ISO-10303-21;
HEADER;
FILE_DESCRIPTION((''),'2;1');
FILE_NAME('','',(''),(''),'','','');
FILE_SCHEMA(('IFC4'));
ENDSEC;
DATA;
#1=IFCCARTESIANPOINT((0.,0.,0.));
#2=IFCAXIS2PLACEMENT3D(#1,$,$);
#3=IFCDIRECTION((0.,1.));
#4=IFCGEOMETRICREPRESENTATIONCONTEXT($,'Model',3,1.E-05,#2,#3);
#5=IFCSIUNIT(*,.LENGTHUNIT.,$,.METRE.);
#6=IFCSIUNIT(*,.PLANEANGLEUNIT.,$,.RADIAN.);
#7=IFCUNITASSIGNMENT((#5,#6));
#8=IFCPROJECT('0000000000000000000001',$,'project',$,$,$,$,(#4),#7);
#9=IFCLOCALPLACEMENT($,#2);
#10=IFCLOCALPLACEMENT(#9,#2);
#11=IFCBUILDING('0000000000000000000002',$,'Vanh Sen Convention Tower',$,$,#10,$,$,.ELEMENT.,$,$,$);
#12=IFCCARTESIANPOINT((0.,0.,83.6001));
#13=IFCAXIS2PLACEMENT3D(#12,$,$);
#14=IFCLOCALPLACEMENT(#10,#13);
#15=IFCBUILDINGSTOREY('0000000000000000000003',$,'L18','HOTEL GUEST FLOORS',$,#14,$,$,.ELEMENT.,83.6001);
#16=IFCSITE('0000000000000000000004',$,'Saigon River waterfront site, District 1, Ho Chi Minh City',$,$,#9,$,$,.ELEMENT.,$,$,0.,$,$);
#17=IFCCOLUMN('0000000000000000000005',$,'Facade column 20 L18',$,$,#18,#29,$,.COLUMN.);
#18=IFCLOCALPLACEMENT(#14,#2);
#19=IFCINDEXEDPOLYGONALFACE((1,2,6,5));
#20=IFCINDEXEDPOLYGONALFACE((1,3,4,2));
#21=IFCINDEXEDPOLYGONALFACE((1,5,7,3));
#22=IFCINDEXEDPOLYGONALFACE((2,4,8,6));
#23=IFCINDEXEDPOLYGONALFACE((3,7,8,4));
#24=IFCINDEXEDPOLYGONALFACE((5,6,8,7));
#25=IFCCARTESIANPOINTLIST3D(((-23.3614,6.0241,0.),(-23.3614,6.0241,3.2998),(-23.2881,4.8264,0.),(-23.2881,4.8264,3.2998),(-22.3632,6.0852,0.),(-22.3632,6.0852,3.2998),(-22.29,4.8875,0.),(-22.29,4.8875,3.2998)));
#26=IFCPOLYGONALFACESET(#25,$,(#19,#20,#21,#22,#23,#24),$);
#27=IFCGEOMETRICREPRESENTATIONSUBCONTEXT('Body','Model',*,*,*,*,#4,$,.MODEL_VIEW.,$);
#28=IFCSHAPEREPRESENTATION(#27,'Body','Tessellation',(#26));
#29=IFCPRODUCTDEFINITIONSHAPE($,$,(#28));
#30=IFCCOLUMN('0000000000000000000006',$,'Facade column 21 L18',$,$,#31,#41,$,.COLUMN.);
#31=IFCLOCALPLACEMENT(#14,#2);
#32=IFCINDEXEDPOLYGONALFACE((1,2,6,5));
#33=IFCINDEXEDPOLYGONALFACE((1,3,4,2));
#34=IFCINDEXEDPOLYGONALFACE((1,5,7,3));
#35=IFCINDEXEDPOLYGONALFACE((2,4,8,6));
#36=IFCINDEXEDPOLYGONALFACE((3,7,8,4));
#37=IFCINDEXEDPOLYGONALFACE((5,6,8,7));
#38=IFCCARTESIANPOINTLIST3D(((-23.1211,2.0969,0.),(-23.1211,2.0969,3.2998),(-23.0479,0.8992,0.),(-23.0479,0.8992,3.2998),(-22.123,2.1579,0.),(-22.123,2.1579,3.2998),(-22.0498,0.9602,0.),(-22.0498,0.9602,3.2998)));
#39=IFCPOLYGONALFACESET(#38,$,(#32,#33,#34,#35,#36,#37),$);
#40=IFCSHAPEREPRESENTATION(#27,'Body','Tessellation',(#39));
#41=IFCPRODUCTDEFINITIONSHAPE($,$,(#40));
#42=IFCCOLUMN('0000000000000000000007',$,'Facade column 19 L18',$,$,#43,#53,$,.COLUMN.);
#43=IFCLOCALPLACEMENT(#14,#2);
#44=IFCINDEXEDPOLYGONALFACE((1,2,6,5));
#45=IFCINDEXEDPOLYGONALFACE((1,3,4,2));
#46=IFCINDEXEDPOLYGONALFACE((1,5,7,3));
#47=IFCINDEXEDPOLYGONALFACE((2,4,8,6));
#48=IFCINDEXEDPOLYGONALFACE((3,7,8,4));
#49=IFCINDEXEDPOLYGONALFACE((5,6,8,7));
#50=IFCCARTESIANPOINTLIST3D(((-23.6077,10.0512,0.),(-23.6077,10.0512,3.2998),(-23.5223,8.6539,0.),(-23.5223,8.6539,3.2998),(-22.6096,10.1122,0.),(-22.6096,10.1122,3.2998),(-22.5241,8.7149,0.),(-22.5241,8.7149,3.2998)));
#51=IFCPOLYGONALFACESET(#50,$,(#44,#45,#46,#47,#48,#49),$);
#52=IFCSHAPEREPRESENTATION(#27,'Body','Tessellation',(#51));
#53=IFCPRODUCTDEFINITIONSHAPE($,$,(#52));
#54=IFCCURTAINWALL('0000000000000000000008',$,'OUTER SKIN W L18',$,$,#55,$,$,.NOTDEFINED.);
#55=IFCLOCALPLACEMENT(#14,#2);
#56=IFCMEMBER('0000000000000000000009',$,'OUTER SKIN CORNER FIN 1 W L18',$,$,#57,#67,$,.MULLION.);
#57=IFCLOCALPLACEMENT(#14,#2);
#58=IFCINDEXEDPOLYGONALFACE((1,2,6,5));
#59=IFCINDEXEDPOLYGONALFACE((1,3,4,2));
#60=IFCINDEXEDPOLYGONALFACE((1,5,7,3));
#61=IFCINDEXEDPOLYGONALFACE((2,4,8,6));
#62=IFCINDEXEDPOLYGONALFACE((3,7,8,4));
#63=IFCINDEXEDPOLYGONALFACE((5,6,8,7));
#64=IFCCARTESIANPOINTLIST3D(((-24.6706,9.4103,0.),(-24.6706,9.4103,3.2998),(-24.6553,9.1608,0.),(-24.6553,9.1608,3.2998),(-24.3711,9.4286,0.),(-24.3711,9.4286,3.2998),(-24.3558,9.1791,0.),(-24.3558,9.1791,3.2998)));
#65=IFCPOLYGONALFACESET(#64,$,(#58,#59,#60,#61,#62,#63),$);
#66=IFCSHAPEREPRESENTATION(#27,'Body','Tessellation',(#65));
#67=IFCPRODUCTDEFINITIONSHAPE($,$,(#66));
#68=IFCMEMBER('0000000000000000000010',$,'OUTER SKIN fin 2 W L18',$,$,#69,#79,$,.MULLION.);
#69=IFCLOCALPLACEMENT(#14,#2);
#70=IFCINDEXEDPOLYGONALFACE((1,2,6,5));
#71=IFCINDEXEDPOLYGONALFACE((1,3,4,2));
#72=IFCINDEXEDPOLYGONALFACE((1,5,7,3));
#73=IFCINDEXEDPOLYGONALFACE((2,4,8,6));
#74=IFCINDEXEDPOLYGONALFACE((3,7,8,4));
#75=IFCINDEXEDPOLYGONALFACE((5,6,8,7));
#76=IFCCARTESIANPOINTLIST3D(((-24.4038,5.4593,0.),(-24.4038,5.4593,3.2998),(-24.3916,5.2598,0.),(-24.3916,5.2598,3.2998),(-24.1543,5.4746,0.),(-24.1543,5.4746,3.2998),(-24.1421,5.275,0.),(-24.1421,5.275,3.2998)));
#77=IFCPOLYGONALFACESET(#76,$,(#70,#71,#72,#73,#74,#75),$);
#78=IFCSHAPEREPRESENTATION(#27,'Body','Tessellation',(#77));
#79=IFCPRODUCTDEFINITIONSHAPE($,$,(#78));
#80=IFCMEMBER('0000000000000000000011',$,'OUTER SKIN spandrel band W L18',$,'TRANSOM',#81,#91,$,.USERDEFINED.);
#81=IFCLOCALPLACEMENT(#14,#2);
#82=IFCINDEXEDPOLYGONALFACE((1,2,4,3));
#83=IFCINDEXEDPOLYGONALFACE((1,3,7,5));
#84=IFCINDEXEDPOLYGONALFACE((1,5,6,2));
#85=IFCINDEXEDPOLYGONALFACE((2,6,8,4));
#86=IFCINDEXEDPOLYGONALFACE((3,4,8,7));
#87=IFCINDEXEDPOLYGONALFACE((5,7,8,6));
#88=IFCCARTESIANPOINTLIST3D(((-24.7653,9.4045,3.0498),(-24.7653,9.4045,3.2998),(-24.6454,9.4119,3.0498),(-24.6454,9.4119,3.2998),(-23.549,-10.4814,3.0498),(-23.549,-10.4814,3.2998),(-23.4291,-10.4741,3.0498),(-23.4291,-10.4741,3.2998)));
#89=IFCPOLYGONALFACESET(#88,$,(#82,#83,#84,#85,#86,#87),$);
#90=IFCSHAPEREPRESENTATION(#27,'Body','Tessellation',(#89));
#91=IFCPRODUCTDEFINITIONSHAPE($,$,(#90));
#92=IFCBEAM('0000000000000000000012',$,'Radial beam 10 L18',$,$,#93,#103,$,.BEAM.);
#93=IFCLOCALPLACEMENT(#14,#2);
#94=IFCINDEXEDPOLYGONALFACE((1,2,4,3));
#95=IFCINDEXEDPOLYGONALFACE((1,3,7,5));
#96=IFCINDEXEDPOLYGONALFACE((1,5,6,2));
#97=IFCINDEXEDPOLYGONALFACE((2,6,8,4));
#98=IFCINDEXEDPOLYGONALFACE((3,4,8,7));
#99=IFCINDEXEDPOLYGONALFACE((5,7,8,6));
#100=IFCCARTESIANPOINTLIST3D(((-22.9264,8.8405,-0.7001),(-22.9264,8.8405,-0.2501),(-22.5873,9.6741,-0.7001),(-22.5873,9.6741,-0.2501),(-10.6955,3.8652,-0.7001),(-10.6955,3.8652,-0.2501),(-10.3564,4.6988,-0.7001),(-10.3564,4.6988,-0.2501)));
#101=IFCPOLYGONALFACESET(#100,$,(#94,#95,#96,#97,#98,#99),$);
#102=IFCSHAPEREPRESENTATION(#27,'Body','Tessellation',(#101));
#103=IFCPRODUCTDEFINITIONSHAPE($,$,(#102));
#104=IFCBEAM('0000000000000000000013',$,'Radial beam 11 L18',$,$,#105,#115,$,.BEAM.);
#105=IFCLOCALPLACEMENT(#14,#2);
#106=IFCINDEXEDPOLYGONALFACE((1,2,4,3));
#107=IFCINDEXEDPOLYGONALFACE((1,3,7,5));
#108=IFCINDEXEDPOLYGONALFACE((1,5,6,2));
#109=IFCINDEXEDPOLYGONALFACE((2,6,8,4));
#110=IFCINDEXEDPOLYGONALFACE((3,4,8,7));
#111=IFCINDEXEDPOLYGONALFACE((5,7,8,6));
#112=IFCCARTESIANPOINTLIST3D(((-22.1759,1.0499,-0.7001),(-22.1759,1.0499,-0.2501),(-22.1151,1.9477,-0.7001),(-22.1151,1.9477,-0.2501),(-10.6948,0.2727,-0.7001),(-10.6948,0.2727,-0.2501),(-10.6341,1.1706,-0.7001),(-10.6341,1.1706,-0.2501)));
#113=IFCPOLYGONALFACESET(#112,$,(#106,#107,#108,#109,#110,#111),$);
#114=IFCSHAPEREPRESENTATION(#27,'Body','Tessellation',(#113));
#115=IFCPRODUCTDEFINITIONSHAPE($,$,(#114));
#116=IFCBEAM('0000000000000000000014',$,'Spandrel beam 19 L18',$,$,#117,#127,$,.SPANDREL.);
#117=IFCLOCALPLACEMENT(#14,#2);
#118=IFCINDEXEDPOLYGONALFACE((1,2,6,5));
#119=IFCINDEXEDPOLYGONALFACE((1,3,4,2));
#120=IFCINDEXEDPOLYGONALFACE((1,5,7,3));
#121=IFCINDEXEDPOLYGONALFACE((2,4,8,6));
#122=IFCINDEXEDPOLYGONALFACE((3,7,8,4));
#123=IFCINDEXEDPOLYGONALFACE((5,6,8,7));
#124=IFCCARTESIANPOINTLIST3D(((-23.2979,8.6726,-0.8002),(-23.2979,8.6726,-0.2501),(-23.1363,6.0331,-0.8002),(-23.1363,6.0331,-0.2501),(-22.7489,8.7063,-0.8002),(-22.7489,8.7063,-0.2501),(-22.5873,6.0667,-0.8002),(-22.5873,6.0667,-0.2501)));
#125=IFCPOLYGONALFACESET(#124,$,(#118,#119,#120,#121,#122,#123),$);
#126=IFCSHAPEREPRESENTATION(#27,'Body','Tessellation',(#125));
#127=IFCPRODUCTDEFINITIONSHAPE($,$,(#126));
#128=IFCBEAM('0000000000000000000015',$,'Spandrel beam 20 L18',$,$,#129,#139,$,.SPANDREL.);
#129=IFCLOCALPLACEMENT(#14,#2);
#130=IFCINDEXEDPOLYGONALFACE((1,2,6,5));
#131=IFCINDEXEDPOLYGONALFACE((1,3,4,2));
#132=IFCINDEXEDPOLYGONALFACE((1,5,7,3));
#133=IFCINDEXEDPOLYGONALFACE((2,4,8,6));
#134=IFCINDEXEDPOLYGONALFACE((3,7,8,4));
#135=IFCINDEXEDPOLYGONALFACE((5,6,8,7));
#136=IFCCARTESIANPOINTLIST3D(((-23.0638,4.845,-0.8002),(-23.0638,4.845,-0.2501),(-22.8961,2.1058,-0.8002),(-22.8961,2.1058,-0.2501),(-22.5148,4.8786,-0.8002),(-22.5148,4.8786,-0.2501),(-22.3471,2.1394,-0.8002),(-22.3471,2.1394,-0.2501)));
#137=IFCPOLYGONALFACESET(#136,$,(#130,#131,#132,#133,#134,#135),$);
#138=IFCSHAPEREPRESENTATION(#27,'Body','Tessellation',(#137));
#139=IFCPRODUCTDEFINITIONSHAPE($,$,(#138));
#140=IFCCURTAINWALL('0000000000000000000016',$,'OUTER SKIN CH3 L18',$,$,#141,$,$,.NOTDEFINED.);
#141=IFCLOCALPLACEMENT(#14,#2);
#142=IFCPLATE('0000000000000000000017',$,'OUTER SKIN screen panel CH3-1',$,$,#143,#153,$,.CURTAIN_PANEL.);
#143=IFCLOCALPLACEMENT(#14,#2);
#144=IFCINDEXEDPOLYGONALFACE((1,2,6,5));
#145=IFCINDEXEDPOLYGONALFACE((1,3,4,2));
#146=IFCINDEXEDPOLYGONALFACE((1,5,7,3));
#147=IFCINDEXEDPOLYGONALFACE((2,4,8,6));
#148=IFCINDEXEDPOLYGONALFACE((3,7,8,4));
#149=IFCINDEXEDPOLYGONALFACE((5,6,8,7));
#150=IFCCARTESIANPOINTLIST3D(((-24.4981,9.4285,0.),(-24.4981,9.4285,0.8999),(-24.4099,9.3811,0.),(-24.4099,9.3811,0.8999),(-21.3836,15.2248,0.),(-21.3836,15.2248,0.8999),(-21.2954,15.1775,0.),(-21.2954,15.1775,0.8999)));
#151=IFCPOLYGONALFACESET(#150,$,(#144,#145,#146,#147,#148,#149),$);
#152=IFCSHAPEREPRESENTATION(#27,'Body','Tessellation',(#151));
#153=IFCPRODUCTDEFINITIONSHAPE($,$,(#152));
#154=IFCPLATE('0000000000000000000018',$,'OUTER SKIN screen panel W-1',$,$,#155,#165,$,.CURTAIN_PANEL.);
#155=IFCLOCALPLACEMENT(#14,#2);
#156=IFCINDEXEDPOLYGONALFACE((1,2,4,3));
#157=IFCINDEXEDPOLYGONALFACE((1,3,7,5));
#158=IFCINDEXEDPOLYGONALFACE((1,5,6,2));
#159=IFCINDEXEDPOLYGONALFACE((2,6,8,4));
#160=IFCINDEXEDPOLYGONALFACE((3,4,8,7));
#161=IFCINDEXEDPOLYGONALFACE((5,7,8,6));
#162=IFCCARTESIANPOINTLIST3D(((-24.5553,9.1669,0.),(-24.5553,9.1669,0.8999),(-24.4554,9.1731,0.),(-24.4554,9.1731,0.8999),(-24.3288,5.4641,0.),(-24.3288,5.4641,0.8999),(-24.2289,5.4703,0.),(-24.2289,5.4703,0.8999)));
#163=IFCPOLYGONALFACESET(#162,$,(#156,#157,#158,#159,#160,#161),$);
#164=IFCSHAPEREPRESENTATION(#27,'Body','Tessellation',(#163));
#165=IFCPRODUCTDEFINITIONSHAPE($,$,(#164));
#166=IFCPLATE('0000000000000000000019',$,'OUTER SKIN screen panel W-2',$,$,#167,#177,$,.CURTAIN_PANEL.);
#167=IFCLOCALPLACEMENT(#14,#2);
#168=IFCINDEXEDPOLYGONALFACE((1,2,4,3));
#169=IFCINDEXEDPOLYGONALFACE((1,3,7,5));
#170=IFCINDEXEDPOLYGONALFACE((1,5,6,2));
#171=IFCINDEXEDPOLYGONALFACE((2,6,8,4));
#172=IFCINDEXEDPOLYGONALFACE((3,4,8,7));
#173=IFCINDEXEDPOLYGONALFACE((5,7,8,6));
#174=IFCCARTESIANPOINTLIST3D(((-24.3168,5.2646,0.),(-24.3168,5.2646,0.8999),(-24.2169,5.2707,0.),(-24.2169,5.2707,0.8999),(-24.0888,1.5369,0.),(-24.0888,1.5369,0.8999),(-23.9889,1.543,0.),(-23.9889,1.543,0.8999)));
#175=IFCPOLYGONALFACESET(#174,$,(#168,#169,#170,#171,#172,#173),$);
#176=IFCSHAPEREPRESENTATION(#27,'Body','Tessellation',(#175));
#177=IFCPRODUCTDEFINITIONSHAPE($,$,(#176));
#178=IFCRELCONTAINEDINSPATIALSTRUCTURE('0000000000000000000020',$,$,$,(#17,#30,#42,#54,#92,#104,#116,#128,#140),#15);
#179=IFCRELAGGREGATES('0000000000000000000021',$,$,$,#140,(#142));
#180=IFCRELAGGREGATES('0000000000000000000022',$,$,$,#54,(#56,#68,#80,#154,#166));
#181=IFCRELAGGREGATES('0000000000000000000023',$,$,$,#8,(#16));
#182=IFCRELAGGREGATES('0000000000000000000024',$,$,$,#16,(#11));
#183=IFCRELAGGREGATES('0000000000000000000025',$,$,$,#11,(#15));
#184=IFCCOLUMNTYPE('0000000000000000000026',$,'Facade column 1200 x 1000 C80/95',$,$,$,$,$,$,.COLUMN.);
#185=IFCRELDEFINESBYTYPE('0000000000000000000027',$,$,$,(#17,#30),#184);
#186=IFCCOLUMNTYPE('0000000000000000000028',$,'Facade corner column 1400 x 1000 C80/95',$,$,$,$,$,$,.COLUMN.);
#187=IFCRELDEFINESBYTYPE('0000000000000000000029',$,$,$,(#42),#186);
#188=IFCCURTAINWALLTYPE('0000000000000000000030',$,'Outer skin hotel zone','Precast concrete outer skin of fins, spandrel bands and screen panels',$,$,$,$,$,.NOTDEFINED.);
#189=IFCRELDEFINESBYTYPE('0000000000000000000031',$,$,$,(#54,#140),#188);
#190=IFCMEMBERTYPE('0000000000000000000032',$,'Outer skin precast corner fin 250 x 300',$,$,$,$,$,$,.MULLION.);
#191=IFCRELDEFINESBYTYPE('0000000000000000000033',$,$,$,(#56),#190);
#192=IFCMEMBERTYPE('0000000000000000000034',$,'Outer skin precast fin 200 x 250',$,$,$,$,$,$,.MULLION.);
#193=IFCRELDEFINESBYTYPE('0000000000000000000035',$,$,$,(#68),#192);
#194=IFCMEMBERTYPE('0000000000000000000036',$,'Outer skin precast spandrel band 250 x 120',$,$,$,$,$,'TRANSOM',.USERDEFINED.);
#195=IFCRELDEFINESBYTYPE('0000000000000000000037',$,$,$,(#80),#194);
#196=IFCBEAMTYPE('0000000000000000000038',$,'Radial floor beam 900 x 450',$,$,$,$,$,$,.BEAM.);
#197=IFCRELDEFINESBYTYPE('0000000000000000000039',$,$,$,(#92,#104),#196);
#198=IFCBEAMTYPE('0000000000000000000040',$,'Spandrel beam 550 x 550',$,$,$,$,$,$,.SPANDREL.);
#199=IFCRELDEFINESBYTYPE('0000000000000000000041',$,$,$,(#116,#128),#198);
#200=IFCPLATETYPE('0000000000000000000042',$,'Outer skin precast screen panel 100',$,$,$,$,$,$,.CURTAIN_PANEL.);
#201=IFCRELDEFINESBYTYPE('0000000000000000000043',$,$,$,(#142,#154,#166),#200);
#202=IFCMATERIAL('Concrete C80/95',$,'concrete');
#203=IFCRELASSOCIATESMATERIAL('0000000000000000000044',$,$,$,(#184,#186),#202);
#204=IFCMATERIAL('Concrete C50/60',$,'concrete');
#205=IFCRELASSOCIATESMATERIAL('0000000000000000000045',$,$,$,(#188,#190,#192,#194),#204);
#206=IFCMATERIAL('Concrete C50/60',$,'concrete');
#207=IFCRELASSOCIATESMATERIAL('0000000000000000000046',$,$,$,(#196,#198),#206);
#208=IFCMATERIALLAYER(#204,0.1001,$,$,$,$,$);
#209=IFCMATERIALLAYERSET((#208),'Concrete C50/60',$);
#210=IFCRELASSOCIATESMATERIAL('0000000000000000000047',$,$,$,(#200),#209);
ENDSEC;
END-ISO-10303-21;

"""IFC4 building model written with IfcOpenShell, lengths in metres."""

from ifc_helpers import new_model, si_unit, direction, frame, origin, origin_2d, place, context, subcontext, project, spatial, rectangle, extrude, material, layer, layer_set, material_profile, profile_set, type_object, element, aggregate, save


model = new_model("IFC4")

# Units and contexts
model_context = context("Model", 3, precision=1e-05, world=origin(), true_north=direction((0.0, 1.0)))
body_context = subcontext(model_context, "Body", "Model", "MODEL_VIEW")
ifc_project = project(units=[si_unit("LENGTHUNIT", "METRE"), si_unit("PLANEANGLEUNIT", "RADIAN")], contexts=[model_context])

# Site, building, storey
site_placement = place(None, origin())
site = spatial("IfcSite", under=ifc_project, at=site_placement, Name="Saigon River waterfront site, District 1, Ho Chi Minh City", CompositionType="ELEMENT", RefElevation=0.0)
building_placement = place(site_placement, origin())
building = spatial("IfcBuilding", under=site, at=building_placement, Name="Vanh Sen Convention Tower", CompositionType="ELEMENT")
storey_placement = place(building_placement, frame((0.0, 0.0, 83.6001)))
storey = spatial("IfcBuildingStorey", under=building, at=storey_placement, Name="L18", Description="HOTEL GUEST FLOORS", CompositionType="ELEMENT", Elevation=83.6001)

# Columns
ifc_material_1 = material(Name="Concrete C80/95", Category="concrete")
ifc_material_profile_1 = material_profile(ifc_material_1, rectangle(XDim=1.2, YDim=1.0, at=origin_2d()), Name="RC 1200X1000")
ifc_profile_set_1 = profile_set([ifc_material_profile_1], Name="Concrete C80/95")
column_type_1 = type_object("IfcColumnType", Name="Facade column 1200 x 1000 C80/95", PredefinedType="COLUMN", material=ifc_profile_set_1)
for number, where, z_axis, x_axis, name in (
    (1, (-22.8257, 5.4558, 0.0), (0.0, 0.0, 1.0), (0.061049, -0.998135, 0.0), "Facade column 20 L18"),
    (2, (-22.5854, 1.5286, 0.0), (0.0, 0.0, 1.0), (0.061049, -0.998135, 0.0), "Facade column 21 L18"),
):
    element("IfcColumn", number, at=place(storey_placement, frame(where, z_axis=z_axis, x_axis=x_axis)), inside=storey, type_object=column_type_1, Name=name, PredefinedType="COLUMN", context=body_context, shape_type="SweptSolid", body=[
        extrude(rectangle(XDim=1.2, YDim=1.0, at=origin_2d()), origin(), (0.0, 0.0, 1.0), 3.2998),
    ])
ifc_material_profile_2 = material_profile(ifc_material_1, rectangle(XDim=1.3999, YDim=1.0, at=origin_2d()), Name="RC 1400X1000")
ifc_profile_set_2 = profile_set([ifc_material_profile_2], Name="Concrete C80/95")
column_type_2 = type_object("IfcColumnType", Name="Facade corner column 1400 x 1000 C80/95", PredefinedType="COLUMN", material=ifc_profile_set_2)
column_placement = place(storey_placement, frame((-23.0659, 9.3831, 0.0), z_axis=(0.0, 0.0, 1.0), x_axis=(0.061049, -0.998135, 0.0)))
element("IfcColumn", 3, at=column_placement, inside=storey, type_object=column_type_2, Name="Facade column 19 L18", PredefinedType="COLUMN", context=body_context, shape_type="SweptSolid", body=[
    extrude(rectangle(XDim=1.3999, YDim=1.0, at=origin_2d()), origin(), (0.0, 0.0, 1.0), 3.2998),
])

# Curtain wall, members
ifc_material_2 = material(Name="Concrete C50/60", Category="concrete")
curtain_wall_type = type_object("IfcCurtainWallType", Name="Outer skin hotel zone", Description="Precast concrete outer skin of fins, spandrel bands and screen panels", PredefinedType="NOTDEFINED", material=ifc_material_2)
curtain_wall_1_placement = place(storey_placement, origin())
curtain_wall_1 = element("IfcCurtainWall", 4, at=curtain_wall_1_placement, inside=storey, type_object=curtain_wall_type, Name="OUTER SKIN W L18", PredefinedType="NOTDEFINED")
ifc_material_profile_3 = material_profile(ifc_material_2, rectangle(XDim=0.25, YDim=0.3, at=origin_2d()), Name="Outer skin precast corner fin 250 x 300")
ifc_profile_set_3 = profile_set([ifc_material_profile_3], Name="Concrete C50/60")
member_type_1 = type_object("IfcMemberType", Name="Outer skin precast corner fin 250 x 300", PredefinedType="MULLION", material=ifc_profile_set_3)
member_1_placement = place(storey_placement, frame((-24.5132, 9.2947, 0.0), z_axis=(0.0, 0.0, 1.0), x_axis=(0.061049, -0.998135, 0.0)))
member_1 = element("IfcMember", 5, at=member_1_placement, type_object=member_type_1, Name="OUTER SKIN CORNER FIN 1 W L18", PredefinedType="MULLION", context=body_context, shape_type="SweptSolid", body=[
    extrude(rectangle(XDim=0.25, YDim=0.3, at=origin_2d()), origin(), (0.0, 0.0, 1.0), 3.2998),
])
ifc_material_profile_4 = material_profile(ifc_material_2, rectangle(XDim=0.2, YDim=0.25, at=origin_2d()), Name="Outer skin precast fin 200 x 250")
ifc_profile_set_4 = profile_set([ifc_material_profile_4], Name="Concrete C50/60")
member_type_2 = type_object("IfcMemberType", Name="Outer skin precast fin 200 x 250", PredefinedType="MULLION", material=ifc_profile_set_4)
member_2_placement = place(storey_placement, frame((-24.2729, 5.3672, 0.0), z_axis=(0.0, 0.0, 1.0), x_axis=(0.061049, -0.998135, 0.0)))
member_2 = element("IfcMember", 6, at=member_2_placement, type_object=member_type_2, Name="OUTER SKIN fin 2 W L18", PredefinedType="MULLION", context=body_context, shape_type="SweptSolid", body=[
    extrude(rectangle(XDim=0.2, YDim=0.25, at=origin_2d()), origin(), (0.0, 0.0, 1.0), 3.2998),
])
ifc_material_profile_5 = material_profile(ifc_material_2, rectangle(XDim=0.1201, YDim=0.25, at=origin_2d()), Name="Outer skin precast spandrel band 250 x 120")
ifc_profile_set_5 = profile_set([ifc_material_profile_5], Name="Concrete C50/60")
member_type_3 = type_object("IfcMemberType", Name="Outer skin precast spandrel band 250 x 120", ElementType="TRANSOM", PredefinedType="USERDEFINED", material=ifc_profile_set_5)
member_3_placement = place(storey_placement, frame((-24.7053, 9.4082, 3.1748), z_axis=(0.06105, -0.998135, 0.0), x_axis=(0.998135, 0.06105, 0.0)))
member_3 = element("IfcMember", 7, at=member_3_placement, type_object=member_type_3, Name="OUTER SKIN spandrel band W L18", ObjectType="TRANSOM", PredefinedType="USERDEFINED", context=body_context, shape_type="SweptSolid", body=[
    extrude(rectangle(XDim=0.1201, YDim=0.25, at=origin_2d()), origin(), (0.0, 0.0, 1.0), 19.9231),
])

# Beams
ifc_material_3 = material(Name="Concrete C50/60", Category="concrete")
ifc_material_profile_6 = material_profile(ifc_material_3, rectangle(XDim=0.8999, YDim=0.45, at=origin_2d()), Name="RC 900X450")
ifc_profile_set_6 = profile_set([ifc_material_profile_6], Name="Concrete C50/60")
beam_type_1 = type_object("IfcBeamType", Name="Radial floor beam 900 x 450", PredefinedType="BEAM", material=ifc_profile_set_6)
beam_1_placement = place(storey_placement, frame((-22.7568, 9.2573, -0.4751), z_axis=(0.926294, -0.376801, 0.0), x_axis=(0.376801, 0.926294, 0.0)))
element("IfcBeam", 8, at=beam_1_placement, inside=storey, type_object=beam_type_1, Name="Radial beam 10 L18", PredefinedType="BEAM", context=body_context, shape_type="SweptSolid", body=[
    extrude(rectangle(XDim=0.8999, YDim=0.45, at=origin_2d()), origin(), (0.0, 0.0, 1.0), 13.2041),
])
beam_2_placement = place(storey_placement, frame((-22.1455, 1.4988, -0.4751), z_axis=(0.997717, -0.067531, 0.0), x_axis=(0.067531, 0.997717, 0.0)))
element("IfcBeam", 9, at=beam_2_placement, inside=storey, type_object=beam_type_1, Name="Radial beam 11 L18", PredefinedType="BEAM", context=body_context, shape_type="SweptSolid", body=[
    extrude(rectangle(XDim=0.8999, YDim=0.45, at=origin_2d()), origin(), (0.0, 0.0, 1.0), 11.5073),
])
ifc_material_profile_7 = material_profile(ifc_material_3, rectangle(XDim=0.55, YDim=0.55, at=origin_2d()), Name="RC 550X550")
ifc_profile_set_7 = profile_set([ifc_material_profile_7], Name="Concrete C50/60")
beam_type_2 = type_object("IfcBeamType", Name="Spandrel beam 550 x 550", PredefinedType="SPANDREL", material=ifc_profile_set_7)
beam_3_placement = place(storey_placement, frame((-23.0234, 8.6895, -0.5251), z_axis=(0.061114, -0.998131, 0.0), x_axis=(0.998131, 0.061114, 0.0)))
element("IfcBeam", 10, at=beam_3_placement, inside=storey, type_object=beam_type_2, Name="Spandrel beam 19 L18", PredefinedType="SPANDREL", context=body_context, shape_type="SweptSolid", body=[
    extrude(rectangle(XDim=0.55, YDim=0.55, at=origin_2d()), origin(), (0.0, 0.0, 1.0), 2.6445),
])
beam_4_placement = place(storey_placement, frame((-22.7893, 4.8618, -0.5251), z_axis=(0.061115, -0.998131, 0.0), x_axis=(0.998131, 0.061115, 0.0)))
element("IfcBeam", 11, at=beam_4_placement, inside=storey, type_object=beam_type_2, Name="Spandrel beam 20 L18", PredefinedType="SPANDREL", context=body_context, shape_type="SweptSolid", body=[
    extrude(rectangle(XDim=0.55, YDim=0.55, at=origin_2d()), origin(), (0.0, 0.0, 1.0), 2.7444),
])

# Curtain wall, plate
curtain_wall_2_placement = place(storey_placement, origin())
curtain_wall_2 = element("IfcCurtainWall", 12, at=curtain_wall_2_placement, inside=storey, type_object=curtain_wall_type, Name="OUTER SKIN CH3 L18", PredefinedType="NOTDEFINED")
ifc_layer_1 = layer(ifc_material_2, 0.1001)
ifc_layer_set_1 = layer_set([ifc_layer_1], Name="Concrete C50/60")
plate_type = type_object("IfcPlateType", Name="Outer skin precast screen panel 100", PredefinedType="CURTAIN_PANEL", material=ifc_layer_set_1)
plate_1_placement = place(storey_placement, frame((-22.8967, 12.303, 0.0), z_axis=(0.0, 0.0, 1.0), x_axis=(-0.473318, -0.880892, 0.0)))
plate_1 = element("IfcPlate", 13, at=plate_1_placement, type_object=plate_type, Name="OUTER SKIN screen panel CH3-1", PredefinedType="CURTAIN_PANEL", context=body_context, shape_type="SweptSolid", body=[
    extrude(rectangle(XDim=6.5801, YDim=0.1001, at=origin_2d()), origin(), (0.0, 0.0, 1.0), 0.8999),
])
aggregate(curtain_wall_2, [plate_1])

# Plates
plate_2_placement = place(storey_placement, frame((-24.3921, 7.3186, 0.0), z_axis=(0.0, 0.0, 1.0), x_axis=(0.061047, -0.998135, 0.0)))
plate_2 = element("IfcPlate", 14, at=plate_2_placement, type_object=plate_type, Name="OUTER SKIN screen panel W-1", PredefinedType="CURTAIN_PANEL", context=body_context, shape_type="SweptSolid", body=[
    extrude(rectangle(XDim=3.7097, YDim=0.1001, at=origin_2d()), origin(), (0.0, 0.0, 1.0), 0.8999),
])
plate_3_placement = place(storey_placement, frame((-24.1528, 3.4038, 0.0), z_axis=(0.0, 0.0, 1.0), x_axis=(0.061049, -0.998135, 0.0)))
plate_3 = element("IfcPlate", 15, at=plate_3_placement, type_object=plate_type, Name="OUTER SKIN screen panel W-2", PredefinedType="CURTAIN_PANEL", context=body_context, shape_type="SweptSolid", body=[
    extrude(rectangle(XDim=3.7346, YDim=0.1001, at=origin_2d()), origin(), (0.0, 0.0, 1.0), 0.8999),
])
aggregate(curtain_wall_1, [member_1, member_2, member_3, plate_2, plate_3])

save(model, "model.ifc")
